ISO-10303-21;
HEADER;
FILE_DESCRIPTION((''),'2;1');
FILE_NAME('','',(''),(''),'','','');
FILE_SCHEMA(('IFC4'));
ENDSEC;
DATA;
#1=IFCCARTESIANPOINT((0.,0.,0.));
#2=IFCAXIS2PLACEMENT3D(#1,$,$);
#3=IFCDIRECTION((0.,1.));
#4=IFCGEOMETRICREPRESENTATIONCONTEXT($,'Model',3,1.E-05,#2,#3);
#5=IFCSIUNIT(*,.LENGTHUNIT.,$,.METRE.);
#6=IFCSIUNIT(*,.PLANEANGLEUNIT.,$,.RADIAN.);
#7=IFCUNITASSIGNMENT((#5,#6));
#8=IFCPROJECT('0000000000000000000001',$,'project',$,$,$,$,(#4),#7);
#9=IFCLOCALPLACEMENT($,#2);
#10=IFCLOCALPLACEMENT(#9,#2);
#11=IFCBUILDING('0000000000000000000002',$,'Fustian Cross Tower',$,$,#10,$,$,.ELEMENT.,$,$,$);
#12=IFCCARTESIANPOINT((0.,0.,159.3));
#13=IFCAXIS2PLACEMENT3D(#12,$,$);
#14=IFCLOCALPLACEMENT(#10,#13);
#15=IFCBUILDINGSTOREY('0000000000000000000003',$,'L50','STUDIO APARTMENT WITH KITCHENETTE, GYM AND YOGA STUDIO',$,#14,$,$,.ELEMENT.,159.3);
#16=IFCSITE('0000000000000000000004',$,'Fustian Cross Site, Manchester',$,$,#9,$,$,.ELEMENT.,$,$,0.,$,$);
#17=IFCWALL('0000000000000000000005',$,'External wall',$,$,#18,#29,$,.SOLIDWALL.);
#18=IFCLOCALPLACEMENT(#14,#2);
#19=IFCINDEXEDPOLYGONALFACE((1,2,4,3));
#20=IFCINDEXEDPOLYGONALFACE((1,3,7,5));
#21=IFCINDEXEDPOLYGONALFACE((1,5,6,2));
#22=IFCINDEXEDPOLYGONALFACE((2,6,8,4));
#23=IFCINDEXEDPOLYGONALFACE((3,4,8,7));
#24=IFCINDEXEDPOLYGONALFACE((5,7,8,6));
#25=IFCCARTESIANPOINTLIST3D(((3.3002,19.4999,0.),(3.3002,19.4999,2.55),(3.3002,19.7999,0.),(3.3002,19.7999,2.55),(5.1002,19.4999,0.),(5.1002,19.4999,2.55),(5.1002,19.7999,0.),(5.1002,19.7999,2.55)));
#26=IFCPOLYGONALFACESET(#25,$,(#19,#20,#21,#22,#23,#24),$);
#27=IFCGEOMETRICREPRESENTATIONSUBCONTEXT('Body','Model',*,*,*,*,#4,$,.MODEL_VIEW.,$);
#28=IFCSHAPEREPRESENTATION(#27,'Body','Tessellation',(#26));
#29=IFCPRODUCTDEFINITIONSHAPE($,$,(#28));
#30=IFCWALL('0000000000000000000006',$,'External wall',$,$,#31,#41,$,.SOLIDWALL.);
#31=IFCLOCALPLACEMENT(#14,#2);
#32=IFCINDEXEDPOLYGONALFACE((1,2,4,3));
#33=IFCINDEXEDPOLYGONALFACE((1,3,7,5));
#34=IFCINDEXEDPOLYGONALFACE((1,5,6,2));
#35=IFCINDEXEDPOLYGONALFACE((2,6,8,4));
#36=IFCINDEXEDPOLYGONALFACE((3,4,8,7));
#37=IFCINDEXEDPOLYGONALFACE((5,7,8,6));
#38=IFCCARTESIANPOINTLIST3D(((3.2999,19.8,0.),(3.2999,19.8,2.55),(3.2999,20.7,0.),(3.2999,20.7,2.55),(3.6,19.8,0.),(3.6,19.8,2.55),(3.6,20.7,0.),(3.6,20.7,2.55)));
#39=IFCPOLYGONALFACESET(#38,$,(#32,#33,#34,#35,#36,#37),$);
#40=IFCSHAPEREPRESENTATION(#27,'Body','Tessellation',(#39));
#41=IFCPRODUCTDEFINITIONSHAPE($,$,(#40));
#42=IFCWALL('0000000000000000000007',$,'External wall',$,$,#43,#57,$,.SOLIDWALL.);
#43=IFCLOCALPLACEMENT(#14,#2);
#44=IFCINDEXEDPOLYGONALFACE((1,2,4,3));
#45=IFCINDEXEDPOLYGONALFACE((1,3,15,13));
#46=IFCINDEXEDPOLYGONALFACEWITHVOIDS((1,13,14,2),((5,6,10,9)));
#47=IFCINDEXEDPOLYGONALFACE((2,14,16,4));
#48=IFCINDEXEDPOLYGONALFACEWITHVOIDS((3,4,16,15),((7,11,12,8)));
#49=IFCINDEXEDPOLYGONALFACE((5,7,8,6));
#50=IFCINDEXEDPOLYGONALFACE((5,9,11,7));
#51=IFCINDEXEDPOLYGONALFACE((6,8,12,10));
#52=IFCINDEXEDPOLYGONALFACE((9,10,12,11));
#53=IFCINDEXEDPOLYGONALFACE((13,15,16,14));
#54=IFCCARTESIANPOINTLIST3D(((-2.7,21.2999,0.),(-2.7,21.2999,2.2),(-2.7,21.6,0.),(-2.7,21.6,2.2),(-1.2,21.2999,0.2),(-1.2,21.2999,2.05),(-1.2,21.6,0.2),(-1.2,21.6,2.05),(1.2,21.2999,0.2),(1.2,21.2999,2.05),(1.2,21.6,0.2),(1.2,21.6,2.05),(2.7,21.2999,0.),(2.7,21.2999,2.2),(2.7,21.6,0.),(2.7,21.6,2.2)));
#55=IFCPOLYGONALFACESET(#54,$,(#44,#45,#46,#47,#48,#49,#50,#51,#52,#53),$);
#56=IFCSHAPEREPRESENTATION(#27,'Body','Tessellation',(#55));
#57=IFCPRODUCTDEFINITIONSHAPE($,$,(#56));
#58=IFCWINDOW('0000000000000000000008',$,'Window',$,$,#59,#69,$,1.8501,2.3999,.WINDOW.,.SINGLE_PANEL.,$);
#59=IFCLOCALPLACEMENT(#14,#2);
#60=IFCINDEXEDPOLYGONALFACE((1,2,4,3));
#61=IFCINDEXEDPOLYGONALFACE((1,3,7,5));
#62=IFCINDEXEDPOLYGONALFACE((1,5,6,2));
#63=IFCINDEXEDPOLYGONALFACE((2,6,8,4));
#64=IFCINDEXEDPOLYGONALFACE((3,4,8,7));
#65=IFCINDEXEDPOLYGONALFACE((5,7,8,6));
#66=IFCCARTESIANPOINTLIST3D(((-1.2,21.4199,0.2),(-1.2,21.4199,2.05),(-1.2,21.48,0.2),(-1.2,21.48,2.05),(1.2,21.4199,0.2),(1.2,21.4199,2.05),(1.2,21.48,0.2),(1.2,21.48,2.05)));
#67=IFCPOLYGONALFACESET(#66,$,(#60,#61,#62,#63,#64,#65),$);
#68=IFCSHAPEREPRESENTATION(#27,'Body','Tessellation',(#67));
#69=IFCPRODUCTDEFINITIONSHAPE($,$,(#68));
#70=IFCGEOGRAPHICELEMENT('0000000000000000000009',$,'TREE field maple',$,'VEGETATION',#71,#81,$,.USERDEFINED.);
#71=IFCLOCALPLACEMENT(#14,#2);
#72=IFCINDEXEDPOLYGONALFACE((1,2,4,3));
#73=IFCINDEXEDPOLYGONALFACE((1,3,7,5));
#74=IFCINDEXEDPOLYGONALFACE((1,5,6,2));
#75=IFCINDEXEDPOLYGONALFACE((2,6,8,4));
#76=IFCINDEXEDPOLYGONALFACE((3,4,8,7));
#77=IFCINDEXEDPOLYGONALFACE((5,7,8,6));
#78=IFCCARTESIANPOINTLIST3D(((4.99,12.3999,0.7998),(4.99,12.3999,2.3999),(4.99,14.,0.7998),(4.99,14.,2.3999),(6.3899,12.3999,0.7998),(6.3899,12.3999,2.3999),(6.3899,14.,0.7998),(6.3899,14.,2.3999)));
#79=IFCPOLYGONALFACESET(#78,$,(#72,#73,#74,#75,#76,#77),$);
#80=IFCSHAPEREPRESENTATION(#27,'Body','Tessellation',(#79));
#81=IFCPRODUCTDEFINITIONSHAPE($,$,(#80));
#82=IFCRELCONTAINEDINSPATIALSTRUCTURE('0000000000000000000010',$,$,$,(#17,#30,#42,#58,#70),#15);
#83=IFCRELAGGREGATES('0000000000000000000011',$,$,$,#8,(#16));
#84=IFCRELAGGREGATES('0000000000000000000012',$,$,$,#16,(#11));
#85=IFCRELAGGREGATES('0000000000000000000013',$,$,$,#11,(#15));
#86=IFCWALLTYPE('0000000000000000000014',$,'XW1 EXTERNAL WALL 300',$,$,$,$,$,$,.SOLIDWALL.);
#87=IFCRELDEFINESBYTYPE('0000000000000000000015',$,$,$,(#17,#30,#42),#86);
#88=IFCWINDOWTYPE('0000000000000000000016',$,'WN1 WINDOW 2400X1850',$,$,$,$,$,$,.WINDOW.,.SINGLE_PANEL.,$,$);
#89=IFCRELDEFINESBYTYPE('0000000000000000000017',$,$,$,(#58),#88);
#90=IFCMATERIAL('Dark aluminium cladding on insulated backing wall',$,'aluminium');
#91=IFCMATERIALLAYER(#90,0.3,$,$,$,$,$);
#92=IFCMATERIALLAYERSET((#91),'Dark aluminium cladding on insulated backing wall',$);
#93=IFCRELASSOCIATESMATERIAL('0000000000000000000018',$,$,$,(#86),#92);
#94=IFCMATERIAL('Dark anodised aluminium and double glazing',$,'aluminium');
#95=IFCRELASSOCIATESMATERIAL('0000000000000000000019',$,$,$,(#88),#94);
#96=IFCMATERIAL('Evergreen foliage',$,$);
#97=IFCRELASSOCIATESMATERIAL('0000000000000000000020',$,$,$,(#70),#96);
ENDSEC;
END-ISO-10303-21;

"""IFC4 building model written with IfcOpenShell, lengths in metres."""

from ifc_helpers import new_model, si_unit, direction, frame, frame_2d, origin, origin_2d, place, context, subcontext, project, spatial, rectangle, extrude, material, layer, layer_set, type_object, element, fill, save


model = new_model("IFC4")

# Units and contexts
model_context = context("Model", 3, precision=1e-05, world=origin(), true_north=direction((0.0, 1.0)))
body_context = subcontext(model_context, "Body", "Model", "MODEL_VIEW")
ifc_project = project(units=[si_unit("LENGTHUNIT", "METRE"), si_unit("PLANEANGLEUNIT", "RADIAN")], contexts=[model_context])

# Site, building, storey
site_placement = place(None, origin())
site = spatial("IfcSite", under=ifc_project, at=site_placement, Name="Fustian Cross Site, Manchester", CompositionType="ELEMENT", RefElevation=0.0)
building_placement = place(site_placement, origin())
building = spatial("IfcBuilding", under=site, at=building_placement, Name="Fustian Cross Tower", CompositionType="ELEMENT")
storey_placement = place(building_placement, frame((0.0, 0.0, 159.3)))
storey = spatial("IfcBuildingStorey", under=building, at=storey_placement, Name="L50", Description="STUDIO APARTMENT WITH KITCHENETTE, GYM AND YOGA STUDIO", CompositionType="ELEMENT", Elevation=159.3)

# Walls
ifc_material_1 = material(Name="Dark aluminium cladding on insulated backing wall", Category="aluminium")
ifc_layer_1 = layer(ifc_material_1, 0.3)
ifc_layer_set_1 = layer_set([ifc_layer_1], Name="Dark aluminium cladding on insulated backing wall")
wall_type_1 = type_object("IfcWallType", Name="XW1 EXTERNAL WALL 300", PredefinedType="SOLIDWALL", material=ifc_layer_set_1)
for number, where, z_axis, x_axis, name in (
    (1, (5.1001, 19.6499, 0.0), (0.0, 0.0, 1.0), (-1.0, 0.0, 0.0), "External wall"),
):
    element("IfcWall", number, at=place(storey_placement, frame(where, z_axis=z_axis, x_axis=x_axis)), inside=storey, type_object=wall_type_1, Name=name, PredefinedType="SOLIDWALL", context=body_context, shape_type="SweptSolid", body=[
        extrude(rectangle(XDim=1.8, YDim=0.3, at=frame_2d((0.8999, 0.0))), origin(), (0.0, 0.0, 1.0), 2.55),
    ])
wall_1_placement = place(storey_placement, frame((3.45, 19.8, 0.0), z_axis=(0.0, 0.0, 1.0), x_axis=(0.0, 1.0, 0.0)))
element("IfcWall", 2, at=wall_1_placement, inside=storey, type_object=wall_type_1, Name="External wall", PredefinedType="SOLIDWALL", context=body_context, shape_type="SweptSolid", body=[
    extrude(rectangle(XDim=0.8999, YDim=0.3, at=frame_2d((0.45, 0.0))), origin(), (0.0, 0.0, 1.0), 2.55),
])

# Wall, opening, window
wall_2_placement = place(storey_placement, frame((2.7, 21.45, 0.0), z_axis=(0.0, 0.0, 1.0), x_axis=(-1.0, 0.0, 0.0)))
wall_2 = element("IfcWall", 3, at=wall_2_placement, inside=storey, type_object=wall_type_1, Name="External wall", PredefinedType="SOLIDWALL", context=body_context, shape_type="SweptSolid", body=[
    extrude(rectangle(XDim=5.3999, YDim=0.3, at=frame_2d((2.7, 0.0))), origin(), (0.0, 0.0, 1.0), 2.2),
])
opening_placement = place(wall_2_placement, frame((1.5, 0.0, 0.2)))
opening = element("IfcOpeningElement", 4, at=opening_placement, cuts=wall_2, PredefinedType="OPENING", context=body_context, shape_type="SweptSolid", body=[
    extrude(rectangle(XDim=2.3999, YDim=1.8501, at=frame_2d((1.2, 0.925))), frame((0.0, 0.1599, 0.0), z_axis=(0.0, -1.0, 0.0), x_axis=(1.0, 0.0, 0.0)), (0.0, 0.0, 1.0), 0.3201),
])
ifc_material_2 = material(Name="Dark anodised aluminium and double glazing", Category="aluminium")
window_type = type_object("IfcWindowType", Name="WN1 WINDOW 2400X1850", PartitioningType="SINGLE_PANEL", PredefinedType="WINDOW", material=ifc_material_2)
window_placement = place(opening_placement, origin())
window = element("IfcWindow", 5, at=window_placement, inside=storey, type_object=window_type, Name="Window", OverallHeight=1.8501, OverallWidth=2.3999, PartitioningType="SINGLE_PANEL", PredefinedType="WINDOW", context=body_context, shape_type="SweptSolid", body=[
    extrude(rectangle(XDim=2.3999, YDim=1.8501, at=frame_2d((1.2, 0.925))), frame((0.0, 0.03, 0.0), z_axis=(0.0, -1.0, 0.0), x_axis=(1.0, 0.0, 0.0)), (0.0, 0.0, 1.0), 0.0601),
])
fill(opening, window)

# Geographic element
ifc_material_3 = material(Name="Evergreen foliage")
geographic_element_placement = place(storey_placement, frame((5.6899, 13.2, 0.7998), z_axis=(0.0, 0.0, 1.0), x_axis=(1.0, 0.0, 0.0)))
element("IfcGeographicElement", 6, at=geographic_element_placement, inside=storey, material=ifc_material_3, Name="TREE field maple", ObjectType="VEGETATION", PredefinedType="USERDEFINED", context=body_context, shape_type="SweptSolid", body=[
    extrude(rectangle(XDim=1.3999, YDim=1.6001, at=origin_2d()), origin(), (0.0, 0.0, 1.0), 1.6001),
])

save(model, "model.ifc")
